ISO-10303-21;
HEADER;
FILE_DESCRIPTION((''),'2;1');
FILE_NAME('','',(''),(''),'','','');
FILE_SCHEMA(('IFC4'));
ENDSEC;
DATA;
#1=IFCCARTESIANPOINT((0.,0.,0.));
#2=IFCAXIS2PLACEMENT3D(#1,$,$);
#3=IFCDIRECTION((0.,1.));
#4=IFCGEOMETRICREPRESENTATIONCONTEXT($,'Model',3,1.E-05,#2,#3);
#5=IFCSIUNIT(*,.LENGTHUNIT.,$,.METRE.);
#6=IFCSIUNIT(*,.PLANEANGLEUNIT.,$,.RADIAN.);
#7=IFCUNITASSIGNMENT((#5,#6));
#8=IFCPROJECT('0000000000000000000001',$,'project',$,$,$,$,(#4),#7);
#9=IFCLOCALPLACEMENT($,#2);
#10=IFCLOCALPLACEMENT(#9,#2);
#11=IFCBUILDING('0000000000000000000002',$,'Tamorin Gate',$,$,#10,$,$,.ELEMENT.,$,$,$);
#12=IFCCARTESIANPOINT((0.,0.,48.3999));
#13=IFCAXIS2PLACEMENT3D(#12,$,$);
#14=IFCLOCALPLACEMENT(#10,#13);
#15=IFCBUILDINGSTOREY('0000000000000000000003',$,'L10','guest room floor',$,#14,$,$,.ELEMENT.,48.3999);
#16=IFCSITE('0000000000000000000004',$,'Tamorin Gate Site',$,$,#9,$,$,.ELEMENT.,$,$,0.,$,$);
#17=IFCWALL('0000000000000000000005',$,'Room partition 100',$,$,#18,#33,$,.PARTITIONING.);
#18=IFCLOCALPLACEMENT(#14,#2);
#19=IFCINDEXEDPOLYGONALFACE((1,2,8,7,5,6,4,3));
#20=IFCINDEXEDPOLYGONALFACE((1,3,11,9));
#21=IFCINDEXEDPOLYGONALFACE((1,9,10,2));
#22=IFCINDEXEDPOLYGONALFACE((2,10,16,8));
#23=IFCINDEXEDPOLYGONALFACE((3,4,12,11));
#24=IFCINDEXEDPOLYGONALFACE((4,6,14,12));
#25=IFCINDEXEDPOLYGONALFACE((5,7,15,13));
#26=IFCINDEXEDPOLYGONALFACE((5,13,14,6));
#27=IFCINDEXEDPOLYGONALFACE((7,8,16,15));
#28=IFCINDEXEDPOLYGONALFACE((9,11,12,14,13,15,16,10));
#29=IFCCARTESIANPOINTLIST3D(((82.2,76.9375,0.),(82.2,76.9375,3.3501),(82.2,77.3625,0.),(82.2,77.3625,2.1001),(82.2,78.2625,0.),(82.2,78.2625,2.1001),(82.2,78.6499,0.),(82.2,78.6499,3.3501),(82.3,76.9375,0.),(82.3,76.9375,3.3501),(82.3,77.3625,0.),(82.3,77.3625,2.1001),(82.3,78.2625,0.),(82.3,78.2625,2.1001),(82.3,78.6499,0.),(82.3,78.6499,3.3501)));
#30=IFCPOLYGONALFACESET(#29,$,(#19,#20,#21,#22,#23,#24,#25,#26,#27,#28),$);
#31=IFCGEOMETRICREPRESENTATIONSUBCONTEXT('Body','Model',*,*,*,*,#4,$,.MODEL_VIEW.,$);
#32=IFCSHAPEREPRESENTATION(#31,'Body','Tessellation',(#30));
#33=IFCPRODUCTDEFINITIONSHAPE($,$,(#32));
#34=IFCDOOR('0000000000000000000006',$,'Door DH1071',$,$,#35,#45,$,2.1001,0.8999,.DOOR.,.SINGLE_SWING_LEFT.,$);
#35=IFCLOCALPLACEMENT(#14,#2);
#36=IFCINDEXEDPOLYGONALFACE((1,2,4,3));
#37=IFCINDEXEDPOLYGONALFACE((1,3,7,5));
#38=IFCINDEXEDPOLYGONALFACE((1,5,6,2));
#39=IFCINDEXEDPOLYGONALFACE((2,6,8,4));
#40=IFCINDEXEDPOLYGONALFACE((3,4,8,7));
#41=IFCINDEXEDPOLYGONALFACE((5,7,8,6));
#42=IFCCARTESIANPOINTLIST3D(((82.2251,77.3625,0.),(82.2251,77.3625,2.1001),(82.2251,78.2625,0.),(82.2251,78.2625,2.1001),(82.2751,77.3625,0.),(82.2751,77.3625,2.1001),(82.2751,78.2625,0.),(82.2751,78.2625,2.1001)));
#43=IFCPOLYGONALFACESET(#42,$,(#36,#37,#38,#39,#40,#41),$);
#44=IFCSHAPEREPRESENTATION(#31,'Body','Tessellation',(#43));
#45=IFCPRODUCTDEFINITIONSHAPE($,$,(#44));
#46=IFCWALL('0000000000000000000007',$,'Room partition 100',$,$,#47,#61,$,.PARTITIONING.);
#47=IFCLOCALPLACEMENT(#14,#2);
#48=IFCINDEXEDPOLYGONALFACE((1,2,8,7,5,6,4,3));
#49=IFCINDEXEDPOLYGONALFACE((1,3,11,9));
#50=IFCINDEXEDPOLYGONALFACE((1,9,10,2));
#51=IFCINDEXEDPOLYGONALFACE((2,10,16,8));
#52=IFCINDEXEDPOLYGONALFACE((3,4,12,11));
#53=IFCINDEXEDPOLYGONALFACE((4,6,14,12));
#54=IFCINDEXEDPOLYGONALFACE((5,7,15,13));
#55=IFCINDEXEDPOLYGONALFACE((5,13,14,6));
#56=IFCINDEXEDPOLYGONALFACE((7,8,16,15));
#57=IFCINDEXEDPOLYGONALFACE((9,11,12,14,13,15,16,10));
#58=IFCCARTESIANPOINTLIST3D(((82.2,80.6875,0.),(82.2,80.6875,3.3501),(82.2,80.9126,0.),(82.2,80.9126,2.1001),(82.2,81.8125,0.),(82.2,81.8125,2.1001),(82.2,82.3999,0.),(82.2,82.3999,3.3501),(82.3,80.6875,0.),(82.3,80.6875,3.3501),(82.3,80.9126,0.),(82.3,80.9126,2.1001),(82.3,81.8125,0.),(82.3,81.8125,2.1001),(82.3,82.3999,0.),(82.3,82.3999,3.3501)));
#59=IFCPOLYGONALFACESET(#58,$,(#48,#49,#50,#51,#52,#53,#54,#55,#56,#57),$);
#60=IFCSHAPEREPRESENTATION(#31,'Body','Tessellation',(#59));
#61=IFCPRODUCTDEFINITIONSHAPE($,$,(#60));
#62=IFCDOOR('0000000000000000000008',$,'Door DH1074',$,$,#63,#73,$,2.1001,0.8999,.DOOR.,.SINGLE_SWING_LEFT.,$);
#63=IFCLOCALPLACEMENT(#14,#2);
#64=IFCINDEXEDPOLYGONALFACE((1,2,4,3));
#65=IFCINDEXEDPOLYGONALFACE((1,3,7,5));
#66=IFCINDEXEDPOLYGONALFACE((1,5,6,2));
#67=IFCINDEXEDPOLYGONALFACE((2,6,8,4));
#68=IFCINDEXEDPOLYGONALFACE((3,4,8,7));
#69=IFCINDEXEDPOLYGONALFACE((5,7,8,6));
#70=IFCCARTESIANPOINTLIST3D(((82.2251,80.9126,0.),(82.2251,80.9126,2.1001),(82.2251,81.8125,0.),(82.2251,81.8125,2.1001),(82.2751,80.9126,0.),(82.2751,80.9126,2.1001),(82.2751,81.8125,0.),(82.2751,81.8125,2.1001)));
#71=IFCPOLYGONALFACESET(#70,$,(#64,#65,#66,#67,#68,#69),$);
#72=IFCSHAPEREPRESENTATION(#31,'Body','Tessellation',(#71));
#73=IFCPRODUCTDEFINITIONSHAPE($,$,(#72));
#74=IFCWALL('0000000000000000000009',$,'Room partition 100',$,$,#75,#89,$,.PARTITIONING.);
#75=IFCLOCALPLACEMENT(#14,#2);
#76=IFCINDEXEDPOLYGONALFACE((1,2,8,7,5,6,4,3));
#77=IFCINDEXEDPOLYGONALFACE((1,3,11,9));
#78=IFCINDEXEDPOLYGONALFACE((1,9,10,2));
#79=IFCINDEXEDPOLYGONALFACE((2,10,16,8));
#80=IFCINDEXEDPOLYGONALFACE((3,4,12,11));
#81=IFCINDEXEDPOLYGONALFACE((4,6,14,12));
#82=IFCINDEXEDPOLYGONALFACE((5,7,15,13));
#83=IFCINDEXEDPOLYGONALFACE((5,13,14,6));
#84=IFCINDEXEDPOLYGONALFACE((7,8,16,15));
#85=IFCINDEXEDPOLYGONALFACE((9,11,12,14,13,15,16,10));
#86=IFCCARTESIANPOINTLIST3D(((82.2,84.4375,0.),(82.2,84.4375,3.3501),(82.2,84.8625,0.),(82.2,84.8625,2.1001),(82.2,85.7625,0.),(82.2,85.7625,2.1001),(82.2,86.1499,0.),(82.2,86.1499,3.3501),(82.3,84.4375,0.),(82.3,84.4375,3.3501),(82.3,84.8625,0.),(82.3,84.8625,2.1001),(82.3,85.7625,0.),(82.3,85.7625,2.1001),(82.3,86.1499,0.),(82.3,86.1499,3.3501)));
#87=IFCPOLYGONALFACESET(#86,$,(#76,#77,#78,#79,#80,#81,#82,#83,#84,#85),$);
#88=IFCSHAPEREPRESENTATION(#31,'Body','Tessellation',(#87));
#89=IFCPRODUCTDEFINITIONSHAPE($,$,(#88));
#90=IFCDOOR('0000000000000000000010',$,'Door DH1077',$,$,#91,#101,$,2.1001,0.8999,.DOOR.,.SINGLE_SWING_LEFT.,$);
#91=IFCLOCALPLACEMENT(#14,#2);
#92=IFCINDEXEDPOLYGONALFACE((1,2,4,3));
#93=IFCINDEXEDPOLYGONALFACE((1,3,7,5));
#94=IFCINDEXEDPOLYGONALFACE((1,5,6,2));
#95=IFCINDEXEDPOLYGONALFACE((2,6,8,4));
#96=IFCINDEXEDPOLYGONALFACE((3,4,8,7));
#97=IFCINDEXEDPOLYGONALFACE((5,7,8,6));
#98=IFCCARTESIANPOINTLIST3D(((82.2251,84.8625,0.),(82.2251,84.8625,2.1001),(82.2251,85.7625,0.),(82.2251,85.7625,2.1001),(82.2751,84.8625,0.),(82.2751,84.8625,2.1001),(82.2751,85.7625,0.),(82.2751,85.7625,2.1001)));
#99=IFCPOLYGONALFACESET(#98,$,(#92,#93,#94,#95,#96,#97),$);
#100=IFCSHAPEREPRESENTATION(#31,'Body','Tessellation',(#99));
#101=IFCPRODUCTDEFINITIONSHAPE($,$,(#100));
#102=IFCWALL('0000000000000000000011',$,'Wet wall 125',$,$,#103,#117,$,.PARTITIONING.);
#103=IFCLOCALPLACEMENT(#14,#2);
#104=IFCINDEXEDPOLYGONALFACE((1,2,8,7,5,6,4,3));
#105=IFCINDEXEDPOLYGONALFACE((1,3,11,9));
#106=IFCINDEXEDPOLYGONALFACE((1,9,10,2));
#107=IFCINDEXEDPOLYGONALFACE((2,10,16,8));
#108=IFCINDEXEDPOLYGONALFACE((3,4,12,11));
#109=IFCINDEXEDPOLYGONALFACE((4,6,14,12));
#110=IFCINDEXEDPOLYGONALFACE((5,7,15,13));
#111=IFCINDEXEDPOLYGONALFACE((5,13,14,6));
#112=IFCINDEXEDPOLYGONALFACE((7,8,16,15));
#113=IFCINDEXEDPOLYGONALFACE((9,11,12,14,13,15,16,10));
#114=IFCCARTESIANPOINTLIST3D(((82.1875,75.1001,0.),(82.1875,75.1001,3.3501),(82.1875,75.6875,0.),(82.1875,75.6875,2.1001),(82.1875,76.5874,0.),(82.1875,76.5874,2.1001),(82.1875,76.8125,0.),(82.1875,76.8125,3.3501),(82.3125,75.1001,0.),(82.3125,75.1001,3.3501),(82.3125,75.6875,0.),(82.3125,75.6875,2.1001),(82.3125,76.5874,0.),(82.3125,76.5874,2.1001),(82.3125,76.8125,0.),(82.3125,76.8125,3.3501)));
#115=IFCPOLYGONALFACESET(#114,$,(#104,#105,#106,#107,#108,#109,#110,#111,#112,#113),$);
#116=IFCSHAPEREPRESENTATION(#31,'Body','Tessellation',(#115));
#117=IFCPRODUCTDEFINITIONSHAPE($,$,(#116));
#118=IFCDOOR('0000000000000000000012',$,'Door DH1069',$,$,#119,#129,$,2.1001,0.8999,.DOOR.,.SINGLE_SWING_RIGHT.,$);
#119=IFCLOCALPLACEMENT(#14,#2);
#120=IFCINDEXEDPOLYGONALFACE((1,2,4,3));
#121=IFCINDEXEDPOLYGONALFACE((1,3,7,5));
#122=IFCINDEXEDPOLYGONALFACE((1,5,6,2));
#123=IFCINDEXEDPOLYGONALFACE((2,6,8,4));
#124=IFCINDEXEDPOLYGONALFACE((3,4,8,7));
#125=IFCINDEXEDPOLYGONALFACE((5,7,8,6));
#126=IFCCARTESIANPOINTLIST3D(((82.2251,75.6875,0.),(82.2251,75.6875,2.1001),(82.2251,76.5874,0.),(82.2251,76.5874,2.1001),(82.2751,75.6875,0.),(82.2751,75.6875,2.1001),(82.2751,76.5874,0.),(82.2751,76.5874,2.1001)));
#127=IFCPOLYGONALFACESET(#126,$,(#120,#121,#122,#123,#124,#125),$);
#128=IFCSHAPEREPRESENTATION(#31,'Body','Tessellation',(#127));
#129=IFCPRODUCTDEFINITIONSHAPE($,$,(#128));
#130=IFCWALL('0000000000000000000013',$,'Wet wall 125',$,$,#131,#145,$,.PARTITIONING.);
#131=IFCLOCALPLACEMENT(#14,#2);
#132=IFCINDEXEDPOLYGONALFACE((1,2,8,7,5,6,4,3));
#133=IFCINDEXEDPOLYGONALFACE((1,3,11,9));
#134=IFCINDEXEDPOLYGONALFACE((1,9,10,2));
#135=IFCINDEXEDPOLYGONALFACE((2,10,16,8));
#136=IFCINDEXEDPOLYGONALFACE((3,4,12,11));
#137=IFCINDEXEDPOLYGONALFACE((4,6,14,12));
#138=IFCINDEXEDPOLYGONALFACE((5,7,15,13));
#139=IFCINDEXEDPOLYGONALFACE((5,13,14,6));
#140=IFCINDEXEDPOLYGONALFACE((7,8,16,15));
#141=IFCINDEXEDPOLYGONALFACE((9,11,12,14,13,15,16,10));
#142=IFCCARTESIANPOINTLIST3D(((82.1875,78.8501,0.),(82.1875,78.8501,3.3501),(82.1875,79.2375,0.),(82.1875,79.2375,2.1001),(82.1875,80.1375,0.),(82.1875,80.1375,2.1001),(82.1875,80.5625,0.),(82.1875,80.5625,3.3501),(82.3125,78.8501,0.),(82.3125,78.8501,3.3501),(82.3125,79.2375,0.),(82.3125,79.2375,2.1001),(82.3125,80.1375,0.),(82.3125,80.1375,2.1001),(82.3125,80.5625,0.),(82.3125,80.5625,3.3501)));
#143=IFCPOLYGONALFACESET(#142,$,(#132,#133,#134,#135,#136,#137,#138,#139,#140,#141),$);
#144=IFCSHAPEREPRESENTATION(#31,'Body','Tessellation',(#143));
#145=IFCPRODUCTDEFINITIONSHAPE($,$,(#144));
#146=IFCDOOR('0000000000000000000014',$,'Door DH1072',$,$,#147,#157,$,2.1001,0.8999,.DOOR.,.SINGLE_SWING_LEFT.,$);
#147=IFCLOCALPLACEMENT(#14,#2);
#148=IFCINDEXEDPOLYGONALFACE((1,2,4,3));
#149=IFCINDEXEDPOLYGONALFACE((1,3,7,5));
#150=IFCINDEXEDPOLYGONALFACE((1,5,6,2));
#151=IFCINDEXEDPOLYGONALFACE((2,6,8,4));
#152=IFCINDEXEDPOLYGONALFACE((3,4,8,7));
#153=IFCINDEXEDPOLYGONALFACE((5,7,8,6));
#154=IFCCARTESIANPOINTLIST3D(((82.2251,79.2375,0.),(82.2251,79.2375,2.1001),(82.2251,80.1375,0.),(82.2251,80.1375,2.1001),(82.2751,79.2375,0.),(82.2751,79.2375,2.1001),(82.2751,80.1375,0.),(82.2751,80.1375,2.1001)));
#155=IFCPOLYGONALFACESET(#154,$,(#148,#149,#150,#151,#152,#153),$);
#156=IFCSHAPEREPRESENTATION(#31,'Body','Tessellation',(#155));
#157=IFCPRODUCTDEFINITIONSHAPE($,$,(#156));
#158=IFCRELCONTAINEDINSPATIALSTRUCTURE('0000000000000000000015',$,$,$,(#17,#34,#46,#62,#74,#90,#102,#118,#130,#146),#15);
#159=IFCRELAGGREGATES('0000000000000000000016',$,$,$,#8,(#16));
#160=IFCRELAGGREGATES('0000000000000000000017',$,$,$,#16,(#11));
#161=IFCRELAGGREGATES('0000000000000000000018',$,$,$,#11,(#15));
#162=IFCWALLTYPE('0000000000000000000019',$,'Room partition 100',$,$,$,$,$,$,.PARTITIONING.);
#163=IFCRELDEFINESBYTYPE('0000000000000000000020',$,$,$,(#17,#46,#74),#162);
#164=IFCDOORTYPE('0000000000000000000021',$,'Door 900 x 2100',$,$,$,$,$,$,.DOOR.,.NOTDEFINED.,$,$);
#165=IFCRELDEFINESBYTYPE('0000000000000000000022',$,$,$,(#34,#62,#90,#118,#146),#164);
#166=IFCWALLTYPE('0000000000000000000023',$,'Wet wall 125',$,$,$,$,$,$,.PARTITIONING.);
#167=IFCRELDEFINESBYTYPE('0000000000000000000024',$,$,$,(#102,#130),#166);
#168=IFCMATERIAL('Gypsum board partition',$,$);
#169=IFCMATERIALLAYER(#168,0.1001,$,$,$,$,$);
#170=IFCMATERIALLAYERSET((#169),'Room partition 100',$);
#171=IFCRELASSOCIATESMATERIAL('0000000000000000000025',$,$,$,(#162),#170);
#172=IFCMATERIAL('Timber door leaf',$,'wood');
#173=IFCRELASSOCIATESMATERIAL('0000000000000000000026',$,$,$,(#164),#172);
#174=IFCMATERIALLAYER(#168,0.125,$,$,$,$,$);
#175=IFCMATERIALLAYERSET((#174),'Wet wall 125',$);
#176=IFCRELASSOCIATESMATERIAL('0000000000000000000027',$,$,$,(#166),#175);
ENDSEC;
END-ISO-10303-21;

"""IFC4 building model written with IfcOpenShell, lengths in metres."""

from ifc_helpers import new_model, si_unit, direction, frame, frame_2d, origin, place, context, subcontext, project, spatial, rectangle, extrude, material, layer, layer_set, type_object, element, fill, save


model = new_model("IFC4")

# Units and contexts
model_context = context("Model", 3, precision=1e-05, world=origin(), true_north=direction((0.0, 1.0)))
body_context = subcontext(model_context, "Body", "Model", "MODEL_VIEW")
ifc_project = project(units=[si_unit("LENGTHUNIT", "METRE"), si_unit("PLANEANGLEUNIT", "RADIAN")], contexts=[model_context])

# Site, building, storey
site_placement = place(None, origin())
site = spatial("IfcSite", under=ifc_project, at=site_placement, Name="Tamorin Gate Site", CompositionType="ELEMENT", RefElevation=0.0)
building_placement = place(site_placement, origin())
building = spatial("IfcBuilding", under=site, at=building_placement, Name="Tamorin Gate", CompositionType="ELEMENT")
storey_placement = place(building_placement, frame((0.0, 0.0, 48.3999)))
storey = spatial("IfcBuildingStorey", under=building, at=storey_placement, Name="L10", Description="guest room floor", CompositionType="ELEMENT", Elevation=48.3999)

# Walls, openings, doors
ifc_material_1 = material(Name="Gypsum board partition")
ifc_layer_1 = layer(ifc_material_1, 0.1001)
ifc_layer_set_1 = layer_set([ifc_layer_1], Name="Room partition 100")
wall_type_1 = type_object("IfcWallType", Name="Room partition 100", PredefinedType="PARTITIONING", material=ifc_layer_set_1)
wall_1_placement = place(storey_placement, frame((82.25, 76.9375, 0.0), z_axis=(0.0, 0.0, 1.0), x_axis=(0.0, 1.0, 0.0)))
wall_1 = element("IfcWall", 1, at=wall_1_placement, inside=storey, type_object=wall_type_1, Name="Room partition 100", PredefinedType="PARTITIONING", context=body_context, shape_type="SweptSolid", body=[
    extrude(rectangle(XDim=1.7124, YDim=0.1001, at=frame_2d((0.8562, 0.0))), origin(), (0.0, 0.0, 1.0), 3.3501),
])
opening_1_placement = place(wall_1_placement, frame((0.425, 0.0, 0.0)))
opening_1 = element("IfcOpeningElement", 2, at=opening_1_placement, cuts=wall_1, PredefinedType="OPENING", context=body_context, shape_type="SweptSolid", body=[
    extrude(rectangle(XDim=0.8999, YDim=2.1001, at=frame_2d((0.45, 1.05))), frame((0.0, 0.0601, 0.0), z_axis=(0.0, -1.0, 0.0), x_axis=(1.0, 0.0, 0.0)), (0.0, 0.0, 1.0), 0.1201),
])
ifc_material_2 = material(Name="Timber door leaf", Category="wood")
door_type = type_object("IfcDoorType", Name="Door 900 x 2100", OperationType="NOTDEFINED", PredefinedType="DOOR", material=ifc_material_2)
door_1_placement = place(opening_1_placement, origin())
door_1 = element("IfcDoor", 3, at=door_1_placement, inside=storey, type_object=door_type, Name="Door DH1071", OperationType="SINGLE_SWING_LEFT", OverallHeight=2.1001, OverallWidth=0.8999, PredefinedType="DOOR", context=body_context, shape_type="SweptSolid", body=[
    extrude(rectangle(XDim=0.8999, YDim=2.1001, at=frame_2d((0.45, 1.05))), frame((0.0, 0.0249, 0.0), z_axis=(0.0, -1.0, 0.0), x_axis=(1.0, 0.0, 0.0)), (0.0, 0.0, 1.0), 0.05),
])
fill(opening_1, door_1)
wall_2_placement = place(storey_placement, frame((82.25, 80.6875, 0.0), z_axis=(0.0, 0.0, 1.0), x_axis=(0.0, 1.0, 0.0)))
wall_2 = element("IfcWall", 4, at=wall_2_placement, inside=storey, type_object=wall_type_1, Name="Room partition 100", PredefinedType="PARTITIONING", context=body_context, shape_type="SweptSolid", body=[
    extrude(rectangle(XDim=1.7124, YDim=0.1001, at=frame_2d((0.8562, 0.0))), origin(), (0.0, 0.0, 1.0), 3.3501),
])
opening_2_placement = place(wall_2_placement, frame((0.2251, 0.0, 0.0)))
opening_2 = element("IfcOpeningElement", 5, at=opening_2_placement, cuts=wall_2, PredefinedType="OPENING", context=body_context, shape_type="SweptSolid", body=[
    extrude(rectangle(XDim=0.8999, YDim=2.1001, at=frame_2d((0.45, 1.05))), frame((0.0, 0.0601, 0.0), z_axis=(0.0, -1.0, 0.0), x_axis=(1.0, 0.0, 0.0)), (0.0, 0.0, 1.0), 0.1201),
])
door_2_placement = place(opening_2_placement, origin())
door_2 = element("IfcDoor", 6, at=door_2_placement, inside=storey, type_object=door_type, Name="Door DH1074", OperationType="SINGLE_SWING_LEFT", OverallHeight=2.1001, OverallWidth=0.8999, PredefinedType="DOOR", context=body_context, shape_type="SweptSolid", body=[
    extrude(rectangle(XDim=0.8999, YDim=2.1001, at=frame_2d((0.45, 1.05))), frame((0.0, 0.0249, 0.0), z_axis=(0.0, -1.0, 0.0), x_axis=(1.0, 0.0, 0.0)), (0.0, 0.0, 1.0), 0.05),
])
fill(opening_2, door_2)
wall_3_placement = place(storey_placement, frame((82.25, 84.4375, 0.0), z_axis=(0.0, 0.0, 1.0), x_axis=(0.0, 1.0, 0.0)))
wall_3 = element("IfcWall", 7, at=wall_3_placement, inside=storey, type_object=wall_type_1, Name="Room partition 100", PredefinedType="PARTITIONING", context=body_context, shape_type="SweptSolid", body=[
    extrude(rectangle(XDim=1.7124, YDim=0.1001, at=frame_2d((0.8562, 0.0))), origin(), (0.0, 0.0, 1.0), 3.3501),
])
opening_3_placement = place(wall_3_placement, frame((0.425, 0.0, 0.0)))
opening_3 = element("IfcOpeningElement", 8, at=opening_3_placement, cuts=wall_3, PredefinedType="OPENING", context=body_context, shape_type="SweptSolid", body=[
    extrude(rectangle(XDim=0.8999, YDim=2.1001, at=frame_2d((0.45, 1.05))), frame((0.0, 0.0601, 0.0), z_axis=(0.0, -1.0, 0.0), x_axis=(1.0, 0.0, 0.0)), (0.0, 0.0, 1.0), 0.1201),
])
door_3_placement = place(opening_3_placement, origin())
door_3 = element("IfcDoor", 9, at=door_3_placement, inside=storey, type_object=door_type, Name="Door DH1077", OperationType="SINGLE_SWING_LEFT", OverallHeight=2.1001, OverallWidth=0.8999, PredefinedType="DOOR", context=body_context, shape_type="SweptSolid", body=[
    extrude(rectangle(XDim=0.8999, YDim=2.1001, at=frame_2d((0.45, 1.05))), frame((0.0, 0.0249, 0.0), z_axis=(0.0, -1.0, 0.0), x_axis=(1.0, 0.0, 0.0)), (0.0, 0.0, 1.0), 0.05),
])
fill(opening_3, door_3)
ifc_layer_2 = layer(ifc_material_1, 0.125)
ifc_layer_set_2 = layer_set([ifc_layer_2], Name="Wet wall 125")
wall_type_2 = type_object("IfcWallType", Name="Wet wall 125", PredefinedType="PARTITIONING", material=ifc_layer_set_2)
wall_4_placement = place(storey_placement, frame((82.25, 75.1001, 0.0), z_axis=(0.0, 0.0, 1.0), x_axis=(0.0, 1.0, 0.0)))
wall_4 = element("IfcWall", 10, at=wall_4_placement, inside=storey, type_object=wall_type_2, Name="Wet wall 125", PredefinedType="PARTITIONING", context=body_context, shape_type="SweptSolid", body=[
    extrude(rectangle(XDim=1.7124, YDim=0.125, at=frame_2d((0.8562, 0.0))), origin(), (0.0, 0.0, 1.0), 3.3501),
])
opening_4_placement = place(wall_4_placement, frame((0.5874, 0.0, 0.0)))
opening_4 = element("IfcOpeningElement", 11, at=opening_4_placement, cuts=wall_4, PredefinedType="OPENING", context=body_context, shape_type="SweptSolid", body=[
    extrude(rectangle(XDim=0.8999, YDim=2.1001, at=frame_2d((0.45, 1.05))), frame((0.0, 0.0725, 0.0), z_axis=(0.0, -1.0, 0.0), x_axis=(1.0, 0.0, 0.0)), (0.0, 0.0, 1.0), 0.145),
])
door_4_placement = place(opening_4_placement, origin())
door_4 = element("IfcDoor", 12, at=door_4_placement, inside=storey, type_object=door_type, Name="Door DH1069", OperationType="SINGLE_SWING_RIGHT", OverallHeight=2.1001, OverallWidth=0.8999, PredefinedType="DOOR", context=body_context, shape_type="SweptSolid", body=[
    extrude(rectangle(XDim=0.8999, YDim=2.1001, at=frame_2d((0.45, 1.05))), frame((0.0, 0.0249, 0.0), z_axis=(0.0, -1.0, 0.0), x_axis=(1.0, 0.0, 0.0)), (0.0, 0.0, 1.0), 0.05),
])
fill(opening_4, door_4)
wall_5_placement = place(storey_placement, frame((82.25, 78.8501, 0.0), z_axis=(0.0, 0.0, 1.0), x_axis=(0.0, 1.0, 0.0)))
wall_5 = element("IfcWall", 13, at=wall_5_placement, inside=storey, type_object=wall_type_2, Name="Wet wall 125", PredefinedType="PARTITIONING", context=body_context, shape_type="SweptSolid", body=[
    extrude(rectangle(XDim=1.7124, YDim=0.125, at=frame_2d((0.8562, 0.0))), origin(), (0.0, 0.0, 1.0), 3.3501),
])
opening_5_placement = place(wall_5_placement, frame((0.3875, 0.0, 0.0)))
opening_5 = element("IfcOpeningElement", 14, at=opening_5_placement, cuts=wall_5, PredefinedType="OPENING", context=body_context, shape_type="SweptSolid", body=[
    extrude(rectangle(XDim=0.8999, YDim=2.1001, at=frame_2d((0.45, 1.05))), frame((0.0, 0.0725, 0.0), z_axis=(0.0, -1.0, 0.0), x_axis=(1.0, 0.0, 0.0)), (0.0, 0.0, 1.0), 0.145),
])
door_5_placement = place(opening_5_placement, origin())
door_5 = element("IfcDoor", 15, at=door_5_placement, inside=storey, type_object=door_type, Name="Door DH1072", OperationType="SINGLE_SWING_LEFT", OverallHeight=2.1001, OverallWidth=0.8999, PredefinedType="DOOR", context=body_context, shape_type="SweptSolid", body=[
    extrude(rectangle(XDim=0.8999, YDim=2.1001, at=frame_2d((0.45, 1.05))), frame((0.0, 0.0249, 0.0), z_axis=(0.0, -1.0, 0.0), x_axis=(1.0, 0.0, 0.0)), (0.0, 0.0, 1.0), 0.05),
])
fill(opening_5, door_5)

save(model, "model.ifc")
